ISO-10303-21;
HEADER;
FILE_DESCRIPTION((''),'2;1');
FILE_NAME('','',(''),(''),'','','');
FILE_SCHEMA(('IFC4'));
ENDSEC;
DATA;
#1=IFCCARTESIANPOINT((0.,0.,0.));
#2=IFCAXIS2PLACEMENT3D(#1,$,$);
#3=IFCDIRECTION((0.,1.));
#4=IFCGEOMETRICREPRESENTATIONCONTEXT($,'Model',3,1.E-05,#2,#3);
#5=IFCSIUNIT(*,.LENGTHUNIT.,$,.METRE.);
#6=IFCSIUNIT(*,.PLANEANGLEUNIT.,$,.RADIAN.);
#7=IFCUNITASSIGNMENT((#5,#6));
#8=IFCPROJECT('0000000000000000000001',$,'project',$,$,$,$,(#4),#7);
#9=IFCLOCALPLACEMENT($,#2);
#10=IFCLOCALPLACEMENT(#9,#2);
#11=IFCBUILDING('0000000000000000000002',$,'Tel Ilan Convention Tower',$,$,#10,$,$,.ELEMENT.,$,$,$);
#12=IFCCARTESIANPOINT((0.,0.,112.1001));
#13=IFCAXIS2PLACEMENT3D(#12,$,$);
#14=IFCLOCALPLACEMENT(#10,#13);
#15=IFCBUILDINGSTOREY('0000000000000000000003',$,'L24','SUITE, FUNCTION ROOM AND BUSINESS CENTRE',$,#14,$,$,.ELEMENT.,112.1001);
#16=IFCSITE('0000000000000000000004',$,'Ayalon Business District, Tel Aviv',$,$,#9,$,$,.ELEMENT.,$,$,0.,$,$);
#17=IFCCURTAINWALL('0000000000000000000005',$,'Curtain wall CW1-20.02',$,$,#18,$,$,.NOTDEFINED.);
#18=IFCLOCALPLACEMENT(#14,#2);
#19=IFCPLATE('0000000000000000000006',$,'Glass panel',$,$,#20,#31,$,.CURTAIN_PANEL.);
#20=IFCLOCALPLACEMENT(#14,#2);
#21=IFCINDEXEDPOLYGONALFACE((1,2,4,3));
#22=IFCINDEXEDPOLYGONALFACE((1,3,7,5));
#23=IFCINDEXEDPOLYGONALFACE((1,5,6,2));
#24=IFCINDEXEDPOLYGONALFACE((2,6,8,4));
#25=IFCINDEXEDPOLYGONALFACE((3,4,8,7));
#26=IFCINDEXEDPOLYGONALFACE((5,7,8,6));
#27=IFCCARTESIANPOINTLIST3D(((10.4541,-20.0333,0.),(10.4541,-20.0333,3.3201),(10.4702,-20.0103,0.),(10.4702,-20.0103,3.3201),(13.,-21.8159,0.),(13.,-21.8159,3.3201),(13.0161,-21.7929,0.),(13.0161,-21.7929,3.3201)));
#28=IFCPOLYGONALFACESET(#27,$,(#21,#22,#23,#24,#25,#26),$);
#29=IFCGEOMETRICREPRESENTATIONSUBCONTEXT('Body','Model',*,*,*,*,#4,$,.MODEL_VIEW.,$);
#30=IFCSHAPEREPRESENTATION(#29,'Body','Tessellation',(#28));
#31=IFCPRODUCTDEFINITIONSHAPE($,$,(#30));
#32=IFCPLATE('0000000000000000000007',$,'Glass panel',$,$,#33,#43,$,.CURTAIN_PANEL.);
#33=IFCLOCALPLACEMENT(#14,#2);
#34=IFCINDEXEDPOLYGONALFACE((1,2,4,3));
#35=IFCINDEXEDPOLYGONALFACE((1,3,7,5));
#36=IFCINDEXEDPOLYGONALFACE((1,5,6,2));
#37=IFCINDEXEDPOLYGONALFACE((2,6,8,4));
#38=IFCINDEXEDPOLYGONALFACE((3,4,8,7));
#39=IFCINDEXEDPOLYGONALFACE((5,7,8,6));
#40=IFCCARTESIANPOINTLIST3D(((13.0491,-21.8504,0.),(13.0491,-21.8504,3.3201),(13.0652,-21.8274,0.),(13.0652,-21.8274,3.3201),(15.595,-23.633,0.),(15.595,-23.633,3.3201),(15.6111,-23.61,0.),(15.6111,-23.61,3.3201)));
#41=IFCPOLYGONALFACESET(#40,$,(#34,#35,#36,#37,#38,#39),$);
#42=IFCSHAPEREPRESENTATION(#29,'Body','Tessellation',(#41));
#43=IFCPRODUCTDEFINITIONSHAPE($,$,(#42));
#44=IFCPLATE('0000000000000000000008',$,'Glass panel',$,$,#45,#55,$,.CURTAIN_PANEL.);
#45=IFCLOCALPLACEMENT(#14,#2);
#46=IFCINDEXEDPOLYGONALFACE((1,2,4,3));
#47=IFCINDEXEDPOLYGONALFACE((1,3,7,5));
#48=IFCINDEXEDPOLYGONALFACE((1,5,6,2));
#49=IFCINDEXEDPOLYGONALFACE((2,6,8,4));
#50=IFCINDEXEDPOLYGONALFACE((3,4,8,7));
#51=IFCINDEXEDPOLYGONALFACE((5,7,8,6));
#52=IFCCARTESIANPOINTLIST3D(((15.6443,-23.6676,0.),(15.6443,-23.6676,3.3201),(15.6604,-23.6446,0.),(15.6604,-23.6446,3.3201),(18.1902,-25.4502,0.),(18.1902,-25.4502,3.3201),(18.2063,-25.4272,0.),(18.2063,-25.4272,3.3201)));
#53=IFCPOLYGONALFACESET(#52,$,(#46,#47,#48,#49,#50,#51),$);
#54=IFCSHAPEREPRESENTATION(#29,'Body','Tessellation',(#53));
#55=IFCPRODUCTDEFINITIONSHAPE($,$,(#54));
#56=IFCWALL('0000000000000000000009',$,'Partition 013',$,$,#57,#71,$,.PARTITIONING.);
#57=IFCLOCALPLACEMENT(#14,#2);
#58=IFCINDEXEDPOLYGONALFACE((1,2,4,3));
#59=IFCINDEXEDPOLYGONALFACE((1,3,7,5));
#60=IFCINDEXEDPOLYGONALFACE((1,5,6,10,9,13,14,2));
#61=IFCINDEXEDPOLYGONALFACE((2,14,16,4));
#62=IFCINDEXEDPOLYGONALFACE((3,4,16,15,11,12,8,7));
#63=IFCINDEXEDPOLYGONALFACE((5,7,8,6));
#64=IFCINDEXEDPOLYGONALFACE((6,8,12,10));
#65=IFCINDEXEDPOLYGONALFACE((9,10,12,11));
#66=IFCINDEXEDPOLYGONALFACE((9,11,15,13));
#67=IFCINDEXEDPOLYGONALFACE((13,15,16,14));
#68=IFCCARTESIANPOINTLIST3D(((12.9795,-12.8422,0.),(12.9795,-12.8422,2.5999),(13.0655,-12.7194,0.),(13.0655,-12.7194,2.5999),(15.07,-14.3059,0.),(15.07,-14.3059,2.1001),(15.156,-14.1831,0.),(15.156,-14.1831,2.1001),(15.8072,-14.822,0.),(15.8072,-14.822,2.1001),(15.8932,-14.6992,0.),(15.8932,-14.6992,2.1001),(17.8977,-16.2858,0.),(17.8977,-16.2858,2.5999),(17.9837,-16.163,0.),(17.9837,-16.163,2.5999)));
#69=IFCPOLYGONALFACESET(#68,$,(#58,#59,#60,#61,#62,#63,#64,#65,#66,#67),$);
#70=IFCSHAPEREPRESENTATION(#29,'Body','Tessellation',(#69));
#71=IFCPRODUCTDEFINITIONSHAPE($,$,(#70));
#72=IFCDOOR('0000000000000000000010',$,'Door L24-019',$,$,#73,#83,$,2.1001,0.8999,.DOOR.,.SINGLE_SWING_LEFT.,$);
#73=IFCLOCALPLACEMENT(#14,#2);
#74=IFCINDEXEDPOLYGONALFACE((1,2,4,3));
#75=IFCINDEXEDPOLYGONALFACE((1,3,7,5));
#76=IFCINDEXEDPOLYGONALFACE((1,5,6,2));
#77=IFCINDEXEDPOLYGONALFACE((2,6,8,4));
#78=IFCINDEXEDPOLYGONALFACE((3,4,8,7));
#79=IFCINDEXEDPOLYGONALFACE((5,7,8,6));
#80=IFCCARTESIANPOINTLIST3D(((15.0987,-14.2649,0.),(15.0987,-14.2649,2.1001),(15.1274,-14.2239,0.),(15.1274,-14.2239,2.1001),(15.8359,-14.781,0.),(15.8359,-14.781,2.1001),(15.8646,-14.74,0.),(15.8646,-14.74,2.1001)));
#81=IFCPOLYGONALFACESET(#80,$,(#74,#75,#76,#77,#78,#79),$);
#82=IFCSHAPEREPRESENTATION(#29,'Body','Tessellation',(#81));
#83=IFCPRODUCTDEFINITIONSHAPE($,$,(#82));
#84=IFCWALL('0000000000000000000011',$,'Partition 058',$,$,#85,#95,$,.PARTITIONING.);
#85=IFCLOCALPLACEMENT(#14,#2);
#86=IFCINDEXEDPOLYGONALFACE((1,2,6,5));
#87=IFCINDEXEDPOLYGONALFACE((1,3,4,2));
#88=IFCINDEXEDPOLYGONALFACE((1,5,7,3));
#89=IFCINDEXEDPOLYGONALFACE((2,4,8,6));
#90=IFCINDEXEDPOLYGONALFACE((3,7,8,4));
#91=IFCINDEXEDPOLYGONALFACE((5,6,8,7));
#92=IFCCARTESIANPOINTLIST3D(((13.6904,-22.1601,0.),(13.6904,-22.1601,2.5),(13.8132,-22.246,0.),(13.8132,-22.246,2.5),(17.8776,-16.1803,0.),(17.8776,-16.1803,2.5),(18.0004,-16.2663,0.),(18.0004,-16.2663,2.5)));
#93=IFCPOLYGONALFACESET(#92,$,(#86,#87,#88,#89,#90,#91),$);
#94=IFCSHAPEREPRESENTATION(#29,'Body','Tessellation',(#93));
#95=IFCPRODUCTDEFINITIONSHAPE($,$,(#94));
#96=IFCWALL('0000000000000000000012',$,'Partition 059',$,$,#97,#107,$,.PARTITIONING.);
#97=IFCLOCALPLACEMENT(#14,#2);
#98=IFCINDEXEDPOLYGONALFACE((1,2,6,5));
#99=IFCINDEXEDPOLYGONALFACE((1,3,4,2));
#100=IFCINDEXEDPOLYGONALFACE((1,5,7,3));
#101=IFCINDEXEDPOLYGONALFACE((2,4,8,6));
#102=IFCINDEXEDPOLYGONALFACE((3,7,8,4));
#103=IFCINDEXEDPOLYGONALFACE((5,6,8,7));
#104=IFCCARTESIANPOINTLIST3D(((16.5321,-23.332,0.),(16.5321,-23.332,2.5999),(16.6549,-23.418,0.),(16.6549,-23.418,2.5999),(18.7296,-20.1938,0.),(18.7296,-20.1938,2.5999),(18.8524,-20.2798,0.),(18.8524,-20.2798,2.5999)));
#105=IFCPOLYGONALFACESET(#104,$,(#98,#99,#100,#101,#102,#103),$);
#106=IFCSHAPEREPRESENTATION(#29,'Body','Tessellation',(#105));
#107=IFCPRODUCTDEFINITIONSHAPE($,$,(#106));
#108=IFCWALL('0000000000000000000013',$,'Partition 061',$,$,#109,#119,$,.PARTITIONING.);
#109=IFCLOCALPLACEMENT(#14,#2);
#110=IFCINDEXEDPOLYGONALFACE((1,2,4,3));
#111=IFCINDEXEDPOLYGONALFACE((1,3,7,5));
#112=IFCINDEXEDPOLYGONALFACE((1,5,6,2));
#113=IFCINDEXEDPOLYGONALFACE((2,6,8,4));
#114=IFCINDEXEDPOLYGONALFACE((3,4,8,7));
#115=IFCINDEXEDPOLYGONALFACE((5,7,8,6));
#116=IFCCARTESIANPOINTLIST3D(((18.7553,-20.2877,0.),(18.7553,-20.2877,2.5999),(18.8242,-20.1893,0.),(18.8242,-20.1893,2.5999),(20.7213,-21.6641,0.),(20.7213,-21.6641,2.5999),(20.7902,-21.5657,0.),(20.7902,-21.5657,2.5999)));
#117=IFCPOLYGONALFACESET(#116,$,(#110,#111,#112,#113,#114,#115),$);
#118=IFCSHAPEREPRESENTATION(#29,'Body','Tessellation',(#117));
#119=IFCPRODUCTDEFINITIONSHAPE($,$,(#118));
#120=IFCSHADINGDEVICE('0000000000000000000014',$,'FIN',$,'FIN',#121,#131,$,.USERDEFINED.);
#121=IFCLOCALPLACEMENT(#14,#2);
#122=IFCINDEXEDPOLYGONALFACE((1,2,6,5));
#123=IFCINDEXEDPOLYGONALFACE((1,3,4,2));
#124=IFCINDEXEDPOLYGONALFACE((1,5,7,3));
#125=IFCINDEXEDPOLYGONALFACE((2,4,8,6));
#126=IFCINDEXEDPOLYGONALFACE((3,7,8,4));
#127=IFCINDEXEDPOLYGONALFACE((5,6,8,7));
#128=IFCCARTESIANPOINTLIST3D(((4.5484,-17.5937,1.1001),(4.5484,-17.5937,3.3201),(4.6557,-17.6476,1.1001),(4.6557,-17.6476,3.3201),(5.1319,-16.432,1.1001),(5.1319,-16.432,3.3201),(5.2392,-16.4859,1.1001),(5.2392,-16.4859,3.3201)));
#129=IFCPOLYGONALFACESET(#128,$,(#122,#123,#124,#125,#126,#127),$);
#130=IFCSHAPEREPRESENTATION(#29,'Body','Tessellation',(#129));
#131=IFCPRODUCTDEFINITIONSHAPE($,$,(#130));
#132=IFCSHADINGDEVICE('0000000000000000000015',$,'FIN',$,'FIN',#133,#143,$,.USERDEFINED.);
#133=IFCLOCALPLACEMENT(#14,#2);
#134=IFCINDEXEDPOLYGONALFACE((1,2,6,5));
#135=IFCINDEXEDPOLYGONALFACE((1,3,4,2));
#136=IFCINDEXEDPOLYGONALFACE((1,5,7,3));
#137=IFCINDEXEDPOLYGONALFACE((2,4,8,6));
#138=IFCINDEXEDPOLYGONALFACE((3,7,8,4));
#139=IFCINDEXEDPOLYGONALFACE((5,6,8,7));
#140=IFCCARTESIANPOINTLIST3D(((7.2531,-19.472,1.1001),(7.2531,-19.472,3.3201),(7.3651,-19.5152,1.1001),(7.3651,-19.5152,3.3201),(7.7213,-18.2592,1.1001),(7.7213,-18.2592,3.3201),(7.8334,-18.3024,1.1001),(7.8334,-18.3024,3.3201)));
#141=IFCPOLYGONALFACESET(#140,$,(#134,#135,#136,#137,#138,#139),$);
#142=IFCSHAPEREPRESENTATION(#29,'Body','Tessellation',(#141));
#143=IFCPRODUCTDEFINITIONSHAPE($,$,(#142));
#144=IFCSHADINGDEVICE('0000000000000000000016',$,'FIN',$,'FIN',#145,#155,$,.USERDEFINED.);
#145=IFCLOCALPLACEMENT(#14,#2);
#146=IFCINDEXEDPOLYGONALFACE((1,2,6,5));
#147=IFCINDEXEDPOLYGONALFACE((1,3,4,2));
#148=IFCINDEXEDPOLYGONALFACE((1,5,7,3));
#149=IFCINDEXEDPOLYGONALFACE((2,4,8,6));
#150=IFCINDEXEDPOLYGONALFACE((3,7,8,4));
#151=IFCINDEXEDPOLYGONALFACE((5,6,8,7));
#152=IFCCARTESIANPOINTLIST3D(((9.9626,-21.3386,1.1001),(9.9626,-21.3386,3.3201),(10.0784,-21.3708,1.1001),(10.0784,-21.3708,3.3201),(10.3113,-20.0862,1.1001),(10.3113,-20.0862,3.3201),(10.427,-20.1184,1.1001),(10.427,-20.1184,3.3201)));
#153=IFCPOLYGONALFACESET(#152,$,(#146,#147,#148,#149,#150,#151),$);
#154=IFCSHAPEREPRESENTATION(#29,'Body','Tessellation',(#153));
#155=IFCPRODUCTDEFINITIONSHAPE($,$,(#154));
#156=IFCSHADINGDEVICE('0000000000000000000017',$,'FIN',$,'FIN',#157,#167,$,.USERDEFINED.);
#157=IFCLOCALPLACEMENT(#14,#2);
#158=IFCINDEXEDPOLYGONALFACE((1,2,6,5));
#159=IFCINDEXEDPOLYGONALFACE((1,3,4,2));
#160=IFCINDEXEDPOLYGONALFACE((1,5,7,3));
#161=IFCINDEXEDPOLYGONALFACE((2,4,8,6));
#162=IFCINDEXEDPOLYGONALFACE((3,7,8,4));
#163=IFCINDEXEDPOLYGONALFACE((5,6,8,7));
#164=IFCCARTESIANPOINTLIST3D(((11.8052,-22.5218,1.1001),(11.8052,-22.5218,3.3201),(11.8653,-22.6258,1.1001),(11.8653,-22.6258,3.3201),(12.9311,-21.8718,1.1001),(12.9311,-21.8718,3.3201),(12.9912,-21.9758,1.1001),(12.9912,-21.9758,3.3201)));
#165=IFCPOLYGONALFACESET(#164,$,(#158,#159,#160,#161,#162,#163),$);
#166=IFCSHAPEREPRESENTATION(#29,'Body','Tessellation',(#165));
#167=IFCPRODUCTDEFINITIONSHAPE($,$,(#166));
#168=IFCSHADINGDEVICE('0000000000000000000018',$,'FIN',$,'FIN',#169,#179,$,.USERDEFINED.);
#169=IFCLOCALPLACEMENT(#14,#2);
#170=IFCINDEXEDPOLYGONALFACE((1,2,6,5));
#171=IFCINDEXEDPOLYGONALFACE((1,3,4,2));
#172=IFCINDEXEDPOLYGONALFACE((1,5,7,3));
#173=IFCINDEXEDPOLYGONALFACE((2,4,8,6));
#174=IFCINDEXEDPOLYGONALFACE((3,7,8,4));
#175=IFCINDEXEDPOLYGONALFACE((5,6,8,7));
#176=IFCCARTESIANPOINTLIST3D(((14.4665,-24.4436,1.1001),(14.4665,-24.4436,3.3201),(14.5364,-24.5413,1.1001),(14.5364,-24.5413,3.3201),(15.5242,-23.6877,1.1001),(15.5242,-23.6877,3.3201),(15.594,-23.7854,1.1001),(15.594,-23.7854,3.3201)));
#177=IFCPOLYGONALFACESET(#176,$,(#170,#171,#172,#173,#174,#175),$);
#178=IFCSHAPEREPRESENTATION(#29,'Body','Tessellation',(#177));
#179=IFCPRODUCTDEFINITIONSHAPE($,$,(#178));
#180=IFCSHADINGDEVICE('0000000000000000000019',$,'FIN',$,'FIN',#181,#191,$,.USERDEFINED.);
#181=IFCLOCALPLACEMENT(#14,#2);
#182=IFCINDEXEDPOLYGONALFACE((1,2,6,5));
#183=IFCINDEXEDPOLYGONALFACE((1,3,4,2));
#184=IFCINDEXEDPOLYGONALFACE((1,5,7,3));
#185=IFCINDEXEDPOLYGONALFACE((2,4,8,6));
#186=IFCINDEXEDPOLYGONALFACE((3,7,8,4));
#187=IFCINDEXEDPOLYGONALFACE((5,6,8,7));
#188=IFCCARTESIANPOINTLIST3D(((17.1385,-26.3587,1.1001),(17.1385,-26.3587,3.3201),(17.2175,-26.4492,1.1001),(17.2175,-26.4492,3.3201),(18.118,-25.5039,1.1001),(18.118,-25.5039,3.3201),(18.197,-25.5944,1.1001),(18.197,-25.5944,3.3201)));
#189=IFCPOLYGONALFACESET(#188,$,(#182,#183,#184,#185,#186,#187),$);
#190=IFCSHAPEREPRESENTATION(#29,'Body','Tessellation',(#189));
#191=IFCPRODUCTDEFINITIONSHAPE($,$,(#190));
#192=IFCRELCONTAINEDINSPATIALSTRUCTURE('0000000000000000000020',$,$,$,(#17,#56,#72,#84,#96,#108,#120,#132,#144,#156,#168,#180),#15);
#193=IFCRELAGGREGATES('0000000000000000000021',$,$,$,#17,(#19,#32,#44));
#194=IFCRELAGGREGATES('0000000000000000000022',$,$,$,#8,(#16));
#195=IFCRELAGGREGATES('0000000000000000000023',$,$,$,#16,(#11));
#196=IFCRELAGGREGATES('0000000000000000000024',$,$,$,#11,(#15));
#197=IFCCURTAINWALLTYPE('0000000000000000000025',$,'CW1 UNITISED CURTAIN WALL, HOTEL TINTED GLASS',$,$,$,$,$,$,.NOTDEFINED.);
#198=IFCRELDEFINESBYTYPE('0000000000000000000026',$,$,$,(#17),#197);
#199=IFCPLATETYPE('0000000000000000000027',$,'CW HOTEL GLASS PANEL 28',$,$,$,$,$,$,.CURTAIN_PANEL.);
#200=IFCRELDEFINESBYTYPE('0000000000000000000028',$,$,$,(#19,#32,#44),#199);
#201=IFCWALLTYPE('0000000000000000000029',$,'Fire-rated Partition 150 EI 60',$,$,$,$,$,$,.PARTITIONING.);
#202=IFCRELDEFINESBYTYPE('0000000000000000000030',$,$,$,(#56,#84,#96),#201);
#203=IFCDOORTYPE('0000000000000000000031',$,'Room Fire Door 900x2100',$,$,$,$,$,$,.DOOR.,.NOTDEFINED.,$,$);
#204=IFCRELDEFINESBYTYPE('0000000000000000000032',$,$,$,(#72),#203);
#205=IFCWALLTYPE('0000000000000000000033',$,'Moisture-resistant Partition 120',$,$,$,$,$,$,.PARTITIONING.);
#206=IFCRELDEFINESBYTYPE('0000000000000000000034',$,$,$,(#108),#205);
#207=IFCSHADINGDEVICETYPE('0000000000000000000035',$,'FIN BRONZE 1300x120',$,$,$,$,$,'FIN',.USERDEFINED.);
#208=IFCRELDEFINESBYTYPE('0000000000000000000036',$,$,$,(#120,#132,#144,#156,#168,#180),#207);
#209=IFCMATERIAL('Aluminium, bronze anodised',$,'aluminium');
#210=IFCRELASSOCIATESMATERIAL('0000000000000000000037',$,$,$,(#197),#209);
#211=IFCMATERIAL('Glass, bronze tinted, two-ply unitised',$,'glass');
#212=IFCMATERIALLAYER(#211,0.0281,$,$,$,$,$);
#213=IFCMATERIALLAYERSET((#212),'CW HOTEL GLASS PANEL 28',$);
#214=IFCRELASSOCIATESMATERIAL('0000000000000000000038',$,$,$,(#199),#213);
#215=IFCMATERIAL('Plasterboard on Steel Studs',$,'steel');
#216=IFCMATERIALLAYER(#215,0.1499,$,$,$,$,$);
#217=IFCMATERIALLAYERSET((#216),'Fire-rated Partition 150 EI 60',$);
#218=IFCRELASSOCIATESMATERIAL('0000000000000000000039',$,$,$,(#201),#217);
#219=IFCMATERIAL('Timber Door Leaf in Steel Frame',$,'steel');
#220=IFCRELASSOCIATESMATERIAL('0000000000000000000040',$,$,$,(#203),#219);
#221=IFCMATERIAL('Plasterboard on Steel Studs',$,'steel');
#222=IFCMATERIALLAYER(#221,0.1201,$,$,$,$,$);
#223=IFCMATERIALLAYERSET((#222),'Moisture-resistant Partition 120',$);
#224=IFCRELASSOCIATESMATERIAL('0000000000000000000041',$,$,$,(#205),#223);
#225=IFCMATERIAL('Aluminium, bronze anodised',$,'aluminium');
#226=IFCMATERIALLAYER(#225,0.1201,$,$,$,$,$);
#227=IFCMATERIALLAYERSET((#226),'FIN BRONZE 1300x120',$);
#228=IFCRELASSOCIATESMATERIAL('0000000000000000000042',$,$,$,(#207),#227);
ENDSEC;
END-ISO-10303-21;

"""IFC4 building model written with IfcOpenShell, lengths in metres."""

from ifc_helpers import new_model, si_unit, direction, frame, frame_2d, origin, origin_2d, place, context, subcontext, project, spatial, rectangle, extrude, material, layer, layer_set, type_object, element, fill, aggregate, save


model = new_model("IFC4")

# Units and contexts
model_context = context("Model", 3, precision=1e-05, world=origin(), true_north=direction((0.0, 1.0)))
body_context = subcontext(model_context, "Body", "Model", "MODEL_VIEW")
ifc_project = project(units=[si_unit("LENGTHUNIT", "METRE"), si_unit("PLANEANGLEUNIT", "RADIAN")], contexts=[model_context])

# Site, building, storey
site_placement = place(None, origin())
site = spatial("IfcSite", under=ifc_project, at=site_placement, Name="Ayalon Business District, Tel Aviv", CompositionType="ELEMENT", RefElevation=0.0)
building_placement = place(site_placement, origin())
building = spatial("IfcBuilding", under=site, at=building_placement, Name="Tel Ilan Convention Tower", CompositionType="ELEMENT")
storey_placement = place(building_placement, frame((0.0, 0.0, 112.1001)))
storey = spatial("IfcBuildingStorey", under=building, at=storey_placement, Name="L24", Description="SUITE, FUNCTION ROOM AND BUSINESS CENTRE", CompositionType="ELEMENT", Elevation=112.1001)

# Curtain wall, plates
ifc_material_1 = material(Name="Aluminium, bronze anodised", Category="aluminium")
curtain_wall_type = type_object("IfcCurtainWallType", Name="CW1 UNITISED CURTAIN WALL, HOTEL TINTED GLASS", PredefinedType="NOTDEFINED", material=ifc_material_1)
curtain_wall_placement = place(storey_placement, origin())
curtain_wall = element("IfcCurtainWall", 1, at=curtain_wall_placement, inside=storey, type_object=curtain_wall_type, Name="Curtain wall CW1-20.02", PredefinedType="NOTDEFINED")
ifc_material_2 = material(Name="Glass, bronze tinted, two-ply unitised", Category="glass")
ifc_layer_1 = layer(ifc_material_2, 0.0281)
ifc_layer_set_1 = layer_set([ifc_layer_1], Name="CW HOTEL GLASS PANEL 28")
plate_type = type_object("IfcPlateType", Name="CW HOTEL GLASS PANEL 28", PredefinedType="CURTAIN_PANEL", material=ifc_layer_set_1)
plate_1_placement = place(storey_placement, frame((11.7351, -20.9131, 0.0), z_axis=(0.0, 0.0, 1.0), x_axis=(0.819152, -0.573576, 0.0)))
plate_1 = element("IfcPlate", 2, at=plate_1_placement, type_object=plate_type, Name="Glass panel", PredefinedType="CURTAIN_PANEL", context=body_context, shape_type="SweptSolid", body=[
    extrude(rectangle(XDim=3.1079, YDim=0.0281, at=origin_2d()), origin(), (0.0, 0.0, 1.0), 3.3201),
])
plate_2_placement = place(storey_placement, frame((14.3301, -22.7302, 0.0), z_axis=(0.0, 0.0, 1.0), x_axis=(0.819152, -0.573576, 0.0)))
plate_2 = element("IfcPlate", 3, at=plate_2_placement, type_object=plate_type, Name="Glass panel", PredefinedType="CURTAIN_PANEL", context=body_context, shape_type="SweptSolid", body=[
    extrude(rectangle(XDim=3.1079, YDim=0.0281, at=origin_2d()), origin(), (0.0, 0.0, 1.0), 3.3201),
])
plate_3_placement = place(storey_placement, frame((16.9253, -24.5474, 0.0), z_axis=(0.0, 0.0, 1.0), x_axis=(0.819152, -0.573576, 0.0)))
plate_3 = element("IfcPlate", 4, at=plate_3_placement, type_object=plate_type, Name="Glass panel", PredefinedType="CURTAIN_PANEL", context=body_context, shape_type="SweptSolid", body=[
    extrude(rectangle(XDim=3.1079, YDim=0.0281, at=origin_2d()), origin(), (0.0, 0.0, 1.0), 3.3201),
])
aggregate(curtain_wall, [plate_1, plate_2, plate_3])

# Wall, opening, door
ifc_material_3 = material(Name="Plasterboard on Steel Studs", Category="steel")
ifc_layer_2 = layer(ifc_material_3, 0.1499)
ifc_layer_set_2 = layer_set([ifc_layer_2], Name="Fire-rated Partition 150 EI 60")
wall_type_1 = type_object("IfcWallType", Name="Fire-rated Partition 150 EI 60", PredefinedType="PARTITIONING", material=ifc_layer_set_2)
wall_1_placement = place(storey_placement, frame((17.9407, -16.2244, 0.0), z_axis=(0.0, 0.0, 1.0), x_axis=(-0.819165, 0.573558, 0.0)))
wall_1 = element("IfcWall", 5, at=wall_1_placement, inside=storey, type_object=wall_type_1, Name="Partition 013", PredefinedType="PARTITIONING", context=body_context, shape_type="SweptSolid", body=[
    extrude(rectangle(XDim=6.0039, YDim=0.1499, at=frame_2d((3.002, 0.0))), origin(), (0.0, 0.0, 1.0), 2.5999),
])
opening_placement = place(wall_1_placement, frame((2.552, 0.0, 0.0)))
opening = element("IfcOpeningElement", 6, at=opening_placement, cuts=wall_1, PredefinedType="OPENING", context=body_context, shape_type="SweptSolid", body=[
    extrude(rectangle(XDim=0.8999, YDim=2.1001, at=frame_2d((0.45, 1.05))), frame((0.0, 0.085, 0.0), z_axis=(0.0, -1.0, 0.0), x_axis=(1.0, 0.0, 0.0)), (0.0, 0.0, 1.0), 0.1699),
])
ifc_material_4 = material(Name="Timber Door Leaf in Steel Frame", Category="steel")
door_type = type_object("IfcDoorType", Name="Room Fire Door 900x2100", OperationType="NOTDEFINED", PredefinedType="DOOR", material=ifc_material_4)
door_placement = place(opening_placement, origin())
door = element("IfcDoor", 7, at=door_placement, inside=storey, type_object=door_type, Name="Door L24-019", OperationType="SINGLE_SWING_LEFT", OverallHeight=2.1001, OverallWidth=0.8999, PredefinedType="DOOR", context=body_context, shape_type="SweptSolid", body=[
    extrude(rectangle(XDim=0.8999, YDim=2.1001, at=frame_2d((0.45, 1.05))), frame((0.0, 0.0249, 0.0), z_axis=(0.0, -1.0, 0.0), x_axis=(1.0, 0.0, 0.0)), (0.0, 0.0, 1.0), 0.05),
])
fill(opening, door)

# Walls
wall_2_placement = place(storey_placement, frame((17.939, -16.2234, 0.0), z_axis=(0.0, 0.0, 1.0), x_axis=(-0.573595, -0.819139, 0.0)))
element("IfcWall", 8, at=wall_2_placement, inside=storey, type_object=wall_type_1, Name="Partition 058", PredefinedType="PARTITIONING", context=body_context, shape_type="SweptSolid", body=[
    extrude(rectangle(XDim=7.3, YDim=0.1499, at=frame_2d((3.6499, 0.0))), origin(), (0.0, 0.0, 1.0), 2.5),
])
wall_3_placement = place(storey_placement, frame((18.791, -20.2368, 0.0), z_axis=(0.0, 0.0, 1.0), x_axis=(-0.573599, -0.819136, 0.0)))
element("IfcWall", 9, at=wall_3_placement, inside=storey, type_object=wall_type_1, Name="Partition 059", PredefinedType="PARTITIONING", context=body_context, shape_type="SweptSolid", body=[
    extrude(rectangle(XDim=3.8311, YDim=0.1499, at=frame_2d((1.9155, 0.0))), origin(), (0.0, 0.0, 1.0), 2.5999),
])
ifc_material_5 = material(Name="Plasterboard on Steel Studs", Category="steel")
ifc_layer_3 = layer(ifc_material_5, 0.1201)
ifc_layer_set_3 = layer_set([ifc_layer_3], Name="Moisture-resistant Partition 120")
wall_type_2 = type_object("IfcWallType", Name="Moisture-resistant Partition 120", PredefinedType="PARTITIONING", material=ifc_layer_set_3)
wall_4_placement = place(storey_placement, frame((18.7898, -20.2385, 0.0), z_axis=(0.0, 0.0, 1.0), x_axis=(0.819189, -0.573524, 0.0)))
element("IfcWall", 10, at=wall_4_placement, inside=storey, type_object=wall_type_2, Name="Partition 061", PredefinedType="PARTITIONING", context=body_context, shape_type="SweptSolid", body=[
    extrude(rectangle(XDim=2.3999, YDim=0.1201, at=frame_2d((1.2, 0.0))), origin(), (0.0, 0.0, 1.0), 2.5999),
])

# Shading devices
ifc_material_6 = material(Name="Aluminium, bronze anodised", Category="aluminium")
ifc_layer_4 = layer(ifc_material_6, 0.1201)
ifc_layer_set_4 = layer_set([ifc_layer_4], Name="FIN BRONZE 1300x120")
shading_device_type = type_object("IfcShadingDeviceType", Name="FIN BRONZE 1300x120", ElementType="FIN", PredefinedType="USERDEFINED", material=ifc_layer_set_4)
for number, where, z_axis, x_axis, name in (
    (11, (4.8938, -17.0398, 1.1001), (0.0, 0.0, 1.0), (-0.448799, -0.893633, 0.0), "FIN"),
    (12, (7.5432, -18.8872, 1.1001), (0.0, 0.0, 1.0), (-0.360178, -0.932884, 0.0), "FIN"),
    (13, (10.1948, -20.7285, 1.1001), (0.0, 0.0, 1.0), (-0.268173, -0.963371, 0.0), "FIN"),
    (14, (12.3982, -22.2488, 1.1001), (0.0, 0.0, 1.0), (-0.866025, -0.5, 0.0), "FIN"),
    (15, (15.0303, -24.1145, 1.1001), (0.0, 0.0, 1.0), (-0.813552, -0.581492, 0.0), "FIN"),
    (16, (17.6677, -25.9766, 1.1001), (0.0, 0.0, 1.0), (-0.753436, -0.657521, 0.0), "FIN"),
):
    element("IfcShadingDevice", number, at=place(storey_placement, frame(where, z_axis=z_axis, x_axis=x_axis)), inside=storey, type_object=shading_device_type, Name=name, ObjectType="FIN", PredefinedType="USERDEFINED", context=body_context, shape_type="SweptSolid", body=[
        extrude(rectangle(XDim=1.3, YDim=0.1201, at=origin_2d()), origin(), (0.0, 0.0, 1.0), 2.22),
    ])

save(model, "model.ifc")
